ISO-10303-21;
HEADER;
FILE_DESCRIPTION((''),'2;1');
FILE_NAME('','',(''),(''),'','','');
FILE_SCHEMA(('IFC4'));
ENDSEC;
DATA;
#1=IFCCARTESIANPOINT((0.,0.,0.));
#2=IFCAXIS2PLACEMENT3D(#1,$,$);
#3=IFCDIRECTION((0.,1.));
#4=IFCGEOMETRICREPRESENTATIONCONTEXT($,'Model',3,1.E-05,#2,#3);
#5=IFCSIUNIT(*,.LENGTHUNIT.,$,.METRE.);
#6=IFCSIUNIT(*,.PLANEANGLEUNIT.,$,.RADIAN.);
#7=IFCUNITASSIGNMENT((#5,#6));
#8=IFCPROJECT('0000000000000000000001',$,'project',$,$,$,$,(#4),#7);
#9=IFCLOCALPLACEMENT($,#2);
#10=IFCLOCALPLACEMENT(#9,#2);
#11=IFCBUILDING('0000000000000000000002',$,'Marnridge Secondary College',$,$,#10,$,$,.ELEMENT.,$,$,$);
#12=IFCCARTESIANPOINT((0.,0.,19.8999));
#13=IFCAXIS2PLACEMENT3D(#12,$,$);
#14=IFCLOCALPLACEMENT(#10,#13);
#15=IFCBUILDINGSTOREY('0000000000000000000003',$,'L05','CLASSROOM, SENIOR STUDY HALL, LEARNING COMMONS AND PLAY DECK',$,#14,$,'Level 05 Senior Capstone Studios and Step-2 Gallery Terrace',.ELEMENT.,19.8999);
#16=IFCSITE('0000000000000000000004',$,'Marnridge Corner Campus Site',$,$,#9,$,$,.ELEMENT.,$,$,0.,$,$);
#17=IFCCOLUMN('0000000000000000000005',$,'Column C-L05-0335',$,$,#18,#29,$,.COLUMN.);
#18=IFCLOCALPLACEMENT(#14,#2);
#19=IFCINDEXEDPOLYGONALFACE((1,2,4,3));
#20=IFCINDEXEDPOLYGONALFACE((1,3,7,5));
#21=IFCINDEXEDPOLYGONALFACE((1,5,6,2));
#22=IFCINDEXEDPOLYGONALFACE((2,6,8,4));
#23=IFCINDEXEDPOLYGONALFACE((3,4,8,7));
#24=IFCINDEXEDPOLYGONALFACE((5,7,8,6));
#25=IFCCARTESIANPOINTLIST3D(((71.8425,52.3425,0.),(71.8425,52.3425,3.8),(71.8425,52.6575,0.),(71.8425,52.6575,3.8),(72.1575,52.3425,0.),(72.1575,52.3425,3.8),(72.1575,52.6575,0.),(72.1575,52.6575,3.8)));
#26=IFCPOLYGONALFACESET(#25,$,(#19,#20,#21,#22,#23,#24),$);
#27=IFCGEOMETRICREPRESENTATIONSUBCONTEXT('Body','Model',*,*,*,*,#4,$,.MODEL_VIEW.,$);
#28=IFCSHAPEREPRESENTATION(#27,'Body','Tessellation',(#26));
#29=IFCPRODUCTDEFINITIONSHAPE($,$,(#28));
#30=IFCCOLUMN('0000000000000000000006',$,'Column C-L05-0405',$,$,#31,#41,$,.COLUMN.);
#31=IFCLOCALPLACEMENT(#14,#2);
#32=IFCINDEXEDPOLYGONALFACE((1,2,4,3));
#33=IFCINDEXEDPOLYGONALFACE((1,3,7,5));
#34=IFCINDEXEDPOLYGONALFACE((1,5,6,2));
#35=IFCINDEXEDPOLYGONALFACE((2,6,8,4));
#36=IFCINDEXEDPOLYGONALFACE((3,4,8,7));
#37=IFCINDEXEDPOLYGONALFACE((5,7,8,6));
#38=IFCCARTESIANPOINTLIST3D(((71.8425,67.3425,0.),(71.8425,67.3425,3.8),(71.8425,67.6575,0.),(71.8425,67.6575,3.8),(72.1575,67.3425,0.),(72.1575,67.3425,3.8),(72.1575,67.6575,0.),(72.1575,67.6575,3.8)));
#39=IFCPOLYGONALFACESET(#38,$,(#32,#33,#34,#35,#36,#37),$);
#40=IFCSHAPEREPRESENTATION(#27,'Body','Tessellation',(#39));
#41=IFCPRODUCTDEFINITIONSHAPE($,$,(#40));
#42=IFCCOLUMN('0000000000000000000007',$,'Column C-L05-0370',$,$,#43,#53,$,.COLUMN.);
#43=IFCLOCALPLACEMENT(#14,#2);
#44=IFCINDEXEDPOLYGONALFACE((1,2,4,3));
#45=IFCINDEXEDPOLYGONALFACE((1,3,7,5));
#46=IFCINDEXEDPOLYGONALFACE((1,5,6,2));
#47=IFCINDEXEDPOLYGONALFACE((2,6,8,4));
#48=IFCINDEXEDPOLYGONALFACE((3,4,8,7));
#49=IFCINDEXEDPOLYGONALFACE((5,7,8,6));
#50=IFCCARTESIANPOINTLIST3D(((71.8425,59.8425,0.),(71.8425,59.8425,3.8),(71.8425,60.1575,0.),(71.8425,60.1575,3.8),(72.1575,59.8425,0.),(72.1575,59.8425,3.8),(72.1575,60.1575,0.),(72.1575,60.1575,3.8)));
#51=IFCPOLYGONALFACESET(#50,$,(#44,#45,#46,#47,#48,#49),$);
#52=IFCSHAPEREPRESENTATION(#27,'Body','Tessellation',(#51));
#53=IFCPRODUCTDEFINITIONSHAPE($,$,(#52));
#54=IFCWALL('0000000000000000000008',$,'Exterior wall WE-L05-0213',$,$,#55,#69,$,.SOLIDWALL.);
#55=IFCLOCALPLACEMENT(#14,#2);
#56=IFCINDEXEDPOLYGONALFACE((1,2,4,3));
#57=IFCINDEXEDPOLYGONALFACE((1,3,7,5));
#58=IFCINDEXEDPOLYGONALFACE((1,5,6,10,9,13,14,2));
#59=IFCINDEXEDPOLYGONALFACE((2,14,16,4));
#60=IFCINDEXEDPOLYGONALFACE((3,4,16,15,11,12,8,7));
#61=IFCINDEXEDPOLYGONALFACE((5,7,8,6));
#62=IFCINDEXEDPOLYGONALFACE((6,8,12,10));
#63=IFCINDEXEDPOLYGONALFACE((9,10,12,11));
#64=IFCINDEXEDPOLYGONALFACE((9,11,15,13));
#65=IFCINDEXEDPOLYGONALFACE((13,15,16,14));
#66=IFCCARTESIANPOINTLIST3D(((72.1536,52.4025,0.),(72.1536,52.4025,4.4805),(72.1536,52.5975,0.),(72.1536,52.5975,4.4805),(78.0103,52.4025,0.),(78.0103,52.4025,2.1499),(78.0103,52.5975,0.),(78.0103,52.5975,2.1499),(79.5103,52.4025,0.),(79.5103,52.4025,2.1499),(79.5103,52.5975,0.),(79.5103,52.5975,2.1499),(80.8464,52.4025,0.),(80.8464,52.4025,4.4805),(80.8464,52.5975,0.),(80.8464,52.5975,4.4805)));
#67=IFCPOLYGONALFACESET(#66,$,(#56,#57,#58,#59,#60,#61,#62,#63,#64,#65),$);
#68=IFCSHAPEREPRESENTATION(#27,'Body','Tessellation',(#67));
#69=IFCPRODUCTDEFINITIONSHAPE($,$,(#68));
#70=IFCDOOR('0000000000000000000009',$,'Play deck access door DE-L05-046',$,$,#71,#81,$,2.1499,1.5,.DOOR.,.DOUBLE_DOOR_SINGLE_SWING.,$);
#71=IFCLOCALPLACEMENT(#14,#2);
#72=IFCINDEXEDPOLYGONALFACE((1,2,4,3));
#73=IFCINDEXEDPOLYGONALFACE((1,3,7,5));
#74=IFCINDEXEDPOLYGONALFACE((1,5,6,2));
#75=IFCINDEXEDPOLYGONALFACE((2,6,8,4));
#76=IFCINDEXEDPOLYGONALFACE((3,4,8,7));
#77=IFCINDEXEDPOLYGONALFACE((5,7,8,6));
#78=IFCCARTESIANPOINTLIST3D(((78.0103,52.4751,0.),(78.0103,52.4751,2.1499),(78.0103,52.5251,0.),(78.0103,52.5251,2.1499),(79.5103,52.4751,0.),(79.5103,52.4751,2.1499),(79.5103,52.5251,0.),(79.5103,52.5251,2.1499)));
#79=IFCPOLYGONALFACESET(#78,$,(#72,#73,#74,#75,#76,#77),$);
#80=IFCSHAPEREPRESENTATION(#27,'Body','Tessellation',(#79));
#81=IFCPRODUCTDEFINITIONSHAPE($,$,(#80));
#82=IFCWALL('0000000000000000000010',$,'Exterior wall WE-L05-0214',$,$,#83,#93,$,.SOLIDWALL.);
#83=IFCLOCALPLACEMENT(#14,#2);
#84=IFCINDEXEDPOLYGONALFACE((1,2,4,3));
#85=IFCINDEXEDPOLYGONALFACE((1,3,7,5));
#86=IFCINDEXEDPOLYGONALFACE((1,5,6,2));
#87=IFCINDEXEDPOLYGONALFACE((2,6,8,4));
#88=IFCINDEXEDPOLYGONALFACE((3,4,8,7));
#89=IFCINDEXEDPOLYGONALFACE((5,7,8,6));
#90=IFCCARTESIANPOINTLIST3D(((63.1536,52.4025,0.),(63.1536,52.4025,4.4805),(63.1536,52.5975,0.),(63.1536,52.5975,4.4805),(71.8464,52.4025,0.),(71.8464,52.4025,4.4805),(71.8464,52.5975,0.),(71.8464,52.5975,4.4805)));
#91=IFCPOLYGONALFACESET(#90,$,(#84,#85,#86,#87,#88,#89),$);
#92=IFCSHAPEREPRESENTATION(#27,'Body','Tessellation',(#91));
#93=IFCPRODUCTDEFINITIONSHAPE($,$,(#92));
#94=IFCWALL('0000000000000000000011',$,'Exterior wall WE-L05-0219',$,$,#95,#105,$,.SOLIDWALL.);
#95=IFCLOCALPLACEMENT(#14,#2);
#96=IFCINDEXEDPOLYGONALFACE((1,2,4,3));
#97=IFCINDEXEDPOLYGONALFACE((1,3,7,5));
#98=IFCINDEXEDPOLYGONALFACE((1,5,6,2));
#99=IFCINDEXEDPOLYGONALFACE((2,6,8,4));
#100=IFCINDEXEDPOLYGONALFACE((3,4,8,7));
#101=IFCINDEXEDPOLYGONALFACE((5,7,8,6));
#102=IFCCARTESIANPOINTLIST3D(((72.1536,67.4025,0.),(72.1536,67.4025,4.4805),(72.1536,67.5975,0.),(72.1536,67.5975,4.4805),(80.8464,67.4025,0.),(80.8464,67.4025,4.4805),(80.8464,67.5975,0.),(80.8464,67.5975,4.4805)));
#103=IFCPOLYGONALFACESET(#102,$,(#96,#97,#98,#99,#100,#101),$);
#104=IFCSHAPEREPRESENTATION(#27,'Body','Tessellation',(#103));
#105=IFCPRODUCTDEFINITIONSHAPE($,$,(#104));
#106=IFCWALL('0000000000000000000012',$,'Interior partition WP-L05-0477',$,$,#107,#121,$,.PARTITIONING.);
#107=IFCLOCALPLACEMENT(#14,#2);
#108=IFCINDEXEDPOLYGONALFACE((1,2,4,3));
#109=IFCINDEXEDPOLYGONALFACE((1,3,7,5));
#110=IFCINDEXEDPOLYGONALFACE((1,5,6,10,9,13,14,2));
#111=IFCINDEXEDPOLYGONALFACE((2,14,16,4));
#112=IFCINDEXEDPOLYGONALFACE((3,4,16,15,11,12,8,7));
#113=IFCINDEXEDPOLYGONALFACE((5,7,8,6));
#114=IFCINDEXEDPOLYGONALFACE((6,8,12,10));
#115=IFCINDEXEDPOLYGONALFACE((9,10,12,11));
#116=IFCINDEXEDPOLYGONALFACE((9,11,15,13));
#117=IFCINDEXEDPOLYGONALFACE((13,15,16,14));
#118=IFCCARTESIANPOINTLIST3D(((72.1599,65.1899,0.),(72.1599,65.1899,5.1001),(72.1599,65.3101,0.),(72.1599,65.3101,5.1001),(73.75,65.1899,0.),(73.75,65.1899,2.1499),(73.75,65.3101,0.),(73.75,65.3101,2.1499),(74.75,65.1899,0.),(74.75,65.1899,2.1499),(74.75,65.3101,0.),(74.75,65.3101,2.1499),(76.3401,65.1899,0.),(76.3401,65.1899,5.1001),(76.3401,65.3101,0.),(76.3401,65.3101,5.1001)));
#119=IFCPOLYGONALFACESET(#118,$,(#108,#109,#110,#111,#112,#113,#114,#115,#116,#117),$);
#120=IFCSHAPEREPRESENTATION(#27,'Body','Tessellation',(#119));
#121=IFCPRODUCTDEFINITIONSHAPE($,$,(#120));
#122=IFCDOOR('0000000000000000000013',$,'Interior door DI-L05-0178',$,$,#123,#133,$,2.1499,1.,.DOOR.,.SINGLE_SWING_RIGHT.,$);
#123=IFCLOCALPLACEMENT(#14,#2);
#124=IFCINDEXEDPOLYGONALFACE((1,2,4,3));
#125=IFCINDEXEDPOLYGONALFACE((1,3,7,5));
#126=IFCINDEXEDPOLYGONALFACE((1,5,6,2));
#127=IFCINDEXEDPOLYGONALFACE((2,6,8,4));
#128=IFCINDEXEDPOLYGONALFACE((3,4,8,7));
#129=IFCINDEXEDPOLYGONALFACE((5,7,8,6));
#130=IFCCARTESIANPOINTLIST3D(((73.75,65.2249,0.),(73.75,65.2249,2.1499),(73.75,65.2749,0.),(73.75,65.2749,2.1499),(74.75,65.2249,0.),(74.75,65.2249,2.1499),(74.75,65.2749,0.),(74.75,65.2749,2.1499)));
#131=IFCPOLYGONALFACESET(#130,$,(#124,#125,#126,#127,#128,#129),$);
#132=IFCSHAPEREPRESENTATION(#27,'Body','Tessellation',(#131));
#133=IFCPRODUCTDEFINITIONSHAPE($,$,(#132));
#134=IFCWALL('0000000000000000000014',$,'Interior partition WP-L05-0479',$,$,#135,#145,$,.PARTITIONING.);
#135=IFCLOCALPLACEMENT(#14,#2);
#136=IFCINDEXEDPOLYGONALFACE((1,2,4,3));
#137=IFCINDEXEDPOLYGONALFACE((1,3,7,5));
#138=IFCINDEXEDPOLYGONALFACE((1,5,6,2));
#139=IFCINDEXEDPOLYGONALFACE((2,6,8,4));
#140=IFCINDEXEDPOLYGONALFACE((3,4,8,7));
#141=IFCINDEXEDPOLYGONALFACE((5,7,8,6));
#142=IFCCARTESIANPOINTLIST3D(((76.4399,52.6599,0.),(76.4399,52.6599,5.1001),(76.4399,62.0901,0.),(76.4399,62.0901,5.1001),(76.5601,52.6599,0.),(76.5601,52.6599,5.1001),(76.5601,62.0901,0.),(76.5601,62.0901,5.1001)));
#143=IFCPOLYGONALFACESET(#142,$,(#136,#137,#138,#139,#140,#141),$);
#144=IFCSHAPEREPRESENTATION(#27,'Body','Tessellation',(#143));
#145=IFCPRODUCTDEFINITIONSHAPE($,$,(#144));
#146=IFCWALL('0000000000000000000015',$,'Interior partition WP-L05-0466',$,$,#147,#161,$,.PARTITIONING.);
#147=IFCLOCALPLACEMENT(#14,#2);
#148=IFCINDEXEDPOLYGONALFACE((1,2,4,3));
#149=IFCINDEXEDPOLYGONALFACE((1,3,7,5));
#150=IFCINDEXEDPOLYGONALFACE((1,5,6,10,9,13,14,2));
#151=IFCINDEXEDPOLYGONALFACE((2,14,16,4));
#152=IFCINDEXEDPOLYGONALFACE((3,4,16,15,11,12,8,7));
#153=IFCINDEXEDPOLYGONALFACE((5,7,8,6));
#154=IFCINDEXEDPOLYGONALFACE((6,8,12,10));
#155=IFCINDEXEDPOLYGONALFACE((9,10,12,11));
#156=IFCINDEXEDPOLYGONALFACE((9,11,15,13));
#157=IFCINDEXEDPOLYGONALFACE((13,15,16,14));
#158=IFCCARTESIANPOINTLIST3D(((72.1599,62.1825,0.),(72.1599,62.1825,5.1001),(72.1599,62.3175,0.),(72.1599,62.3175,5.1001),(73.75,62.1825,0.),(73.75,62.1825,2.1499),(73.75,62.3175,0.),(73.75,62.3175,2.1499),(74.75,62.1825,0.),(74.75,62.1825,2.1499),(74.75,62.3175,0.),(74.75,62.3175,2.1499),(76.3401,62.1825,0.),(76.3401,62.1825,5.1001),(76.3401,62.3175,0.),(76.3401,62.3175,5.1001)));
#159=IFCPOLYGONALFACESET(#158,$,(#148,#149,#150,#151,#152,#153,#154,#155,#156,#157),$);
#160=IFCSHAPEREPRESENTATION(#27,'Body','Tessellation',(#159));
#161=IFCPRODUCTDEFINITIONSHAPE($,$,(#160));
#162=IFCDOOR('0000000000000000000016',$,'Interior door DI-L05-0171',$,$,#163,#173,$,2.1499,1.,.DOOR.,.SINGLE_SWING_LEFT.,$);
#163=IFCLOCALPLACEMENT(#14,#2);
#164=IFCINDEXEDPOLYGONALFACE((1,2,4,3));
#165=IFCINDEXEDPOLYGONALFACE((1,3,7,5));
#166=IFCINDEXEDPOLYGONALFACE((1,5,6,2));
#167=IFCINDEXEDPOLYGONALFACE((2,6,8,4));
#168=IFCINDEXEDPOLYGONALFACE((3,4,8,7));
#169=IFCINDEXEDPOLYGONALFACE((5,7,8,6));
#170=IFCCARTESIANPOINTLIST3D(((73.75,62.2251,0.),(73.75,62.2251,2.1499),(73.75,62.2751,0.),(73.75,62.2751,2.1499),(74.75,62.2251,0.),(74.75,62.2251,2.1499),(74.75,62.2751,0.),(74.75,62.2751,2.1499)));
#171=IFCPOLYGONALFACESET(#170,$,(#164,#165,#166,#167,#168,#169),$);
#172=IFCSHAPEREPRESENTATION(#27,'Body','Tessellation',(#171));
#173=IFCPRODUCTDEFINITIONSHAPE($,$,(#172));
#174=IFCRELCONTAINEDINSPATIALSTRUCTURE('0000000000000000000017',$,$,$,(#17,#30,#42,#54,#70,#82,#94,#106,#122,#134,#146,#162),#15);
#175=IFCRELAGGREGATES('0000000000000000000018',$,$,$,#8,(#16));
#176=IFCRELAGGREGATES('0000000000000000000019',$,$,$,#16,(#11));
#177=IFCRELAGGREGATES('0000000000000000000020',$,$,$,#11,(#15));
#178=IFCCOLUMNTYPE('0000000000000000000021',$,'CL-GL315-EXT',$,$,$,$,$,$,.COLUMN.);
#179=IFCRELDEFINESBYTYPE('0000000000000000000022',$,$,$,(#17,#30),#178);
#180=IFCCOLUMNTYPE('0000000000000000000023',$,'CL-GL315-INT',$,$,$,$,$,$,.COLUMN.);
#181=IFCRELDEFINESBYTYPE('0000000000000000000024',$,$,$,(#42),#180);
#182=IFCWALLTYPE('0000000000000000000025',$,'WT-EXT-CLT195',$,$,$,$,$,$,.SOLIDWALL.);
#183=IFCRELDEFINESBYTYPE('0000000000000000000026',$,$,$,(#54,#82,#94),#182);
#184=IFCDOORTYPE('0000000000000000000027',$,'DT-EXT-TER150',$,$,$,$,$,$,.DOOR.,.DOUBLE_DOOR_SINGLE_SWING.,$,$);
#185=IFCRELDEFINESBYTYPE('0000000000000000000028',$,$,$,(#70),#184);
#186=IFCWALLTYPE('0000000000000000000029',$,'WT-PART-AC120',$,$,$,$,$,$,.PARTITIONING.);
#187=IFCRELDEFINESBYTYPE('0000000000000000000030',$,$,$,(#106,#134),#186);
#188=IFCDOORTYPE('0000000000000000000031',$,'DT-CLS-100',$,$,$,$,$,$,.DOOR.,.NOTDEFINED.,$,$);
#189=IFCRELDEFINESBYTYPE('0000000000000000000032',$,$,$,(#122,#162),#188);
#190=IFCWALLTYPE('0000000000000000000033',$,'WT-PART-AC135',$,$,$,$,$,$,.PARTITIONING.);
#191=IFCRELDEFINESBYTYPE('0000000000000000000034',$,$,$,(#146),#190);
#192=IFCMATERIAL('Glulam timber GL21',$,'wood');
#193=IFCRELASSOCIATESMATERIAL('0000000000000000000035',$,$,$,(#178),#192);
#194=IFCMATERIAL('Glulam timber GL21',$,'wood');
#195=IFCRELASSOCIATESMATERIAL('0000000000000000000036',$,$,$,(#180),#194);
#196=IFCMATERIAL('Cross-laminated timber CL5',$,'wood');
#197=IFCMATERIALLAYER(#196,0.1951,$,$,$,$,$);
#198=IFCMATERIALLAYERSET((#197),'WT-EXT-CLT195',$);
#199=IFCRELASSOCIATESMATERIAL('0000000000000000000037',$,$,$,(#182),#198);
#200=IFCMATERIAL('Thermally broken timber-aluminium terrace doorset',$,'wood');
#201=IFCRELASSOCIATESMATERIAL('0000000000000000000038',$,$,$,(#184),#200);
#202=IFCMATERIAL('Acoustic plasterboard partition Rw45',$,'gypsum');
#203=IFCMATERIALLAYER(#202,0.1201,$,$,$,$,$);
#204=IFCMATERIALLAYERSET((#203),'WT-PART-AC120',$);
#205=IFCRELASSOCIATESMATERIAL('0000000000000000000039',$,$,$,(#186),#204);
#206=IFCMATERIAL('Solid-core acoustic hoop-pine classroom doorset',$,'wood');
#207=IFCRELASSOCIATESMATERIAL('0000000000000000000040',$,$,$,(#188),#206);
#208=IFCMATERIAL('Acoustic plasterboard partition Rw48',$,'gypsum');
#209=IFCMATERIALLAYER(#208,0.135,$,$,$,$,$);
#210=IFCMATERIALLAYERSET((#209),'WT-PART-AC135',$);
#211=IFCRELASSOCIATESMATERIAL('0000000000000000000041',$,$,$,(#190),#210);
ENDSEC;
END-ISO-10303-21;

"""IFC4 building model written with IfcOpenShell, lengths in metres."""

from ifc_helpers import new_model, si_unit, direction, frame, frame_2d, origin, origin_2d, place, context, subcontext, project, spatial, rectangle, extrude, material, layer, layer_set, material_profile, profile_set, type_object, element, fill, save


model = new_model("IFC4")

# Units and contexts
model_context = context("Model", 3, precision=1e-05, world=origin(), true_north=direction((0.0, 1.0)))
body_context = subcontext(model_context, "Body", "Model", "MODEL_VIEW")
ifc_project = project(units=[si_unit("LENGTHUNIT", "METRE"), si_unit("PLANEANGLEUNIT", "RADIAN")], contexts=[model_context])

# Site, building, storey
site_placement = place(None, origin())
site = spatial("IfcSite", under=ifc_project, at=site_placement, Name="Marnridge Corner Campus Site", CompositionType="ELEMENT", RefElevation=0.0)
building_placement = place(site_placement, origin())
building = spatial("IfcBuilding", under=site, at=building_placement, Name="Marnridge Secondary College", CompositionType="ELEMENT")
storey_placement = place(building_placement, frame((0.0, 0.0, 19.8999)))
storey = spatial("IfcBuildingStorey", under=building, at=storey_placement, Name="L05", Description="CLASSROOM, SENIOR STUDY HALL, LEARNING COMMONS AND PLAY DECK", LongName="Level 05 Senior Capstone Studios and Step-2 Gallery Terrace", CompositionType="ELEMENT", Elevation=19.8999)

# Columns
ifc_material_1 = material(Name="Glulam timber GL21", Category="wood")
ifc_material_profile_1 = material_profile(ifc_material_1, rectangle(XDim=0.3149, YDim=0.3149, at=origin_2d()), Name="GL21 315x315")
ifc_profile_set_1 = profile_set([ifc_material_profile_1], Name="Glulam timber GL21")
column_type_1 = type_object("IfcColumnType", Name="CL-GL315-EXT", PredefinedType="COLUMN", material=ifc_profile_set_1)
for number, where, z_axis, x_axis, name in (
    (1, (72.0, 52.5, 0.0), (0.0, 0.0, 1.0), (1.0, 0.0, 0.0), "Column C-L05-0335"),
    (2, (72.0, 67.5, 0.0), (0.0, 0.0, 1.0), (1.0, 0.0, 0.0), "Column C-L05-0405"),
):
    element("IfcColumn", number, at=place(storey_placement, frame(where, z_axis=z_axis, x_axis=x_axis)), inside=storey, type_object=column_type_1, Name=name, PredefinedType="COLUMN", context=body_context, shape_type="SweptSolid", body=[
        extrude(rectangle(XDim=0.3149, YDim=0.3149, at=origin_2d()), origin(), (0.0, 0.0, 1.0), 3.8),
    ])
ifc_material_2 = material(Name="Glulam timber GL21", Category="wood")
ifc_material_profile_2 = material_profile(ifc_material_2, rectangle(XDim=0.3149, YDim=0.3149, at=origin_2d()), Name="GL21 315x315")
ifc_profile_set_2 = profile_set([ifc_material_profile_2], Name="Glulam timber GL21")
column_type_2 = type_object("IfcColumnType", Name="CL-GL315-INT", PredefinedType="COLUMN", material=ifc_profile_set_2)
column_placement = place(storey_placement, frame((72.0, 60.0, 0.0), z_axis=(0.0, 0.0, 1.0), x_axis=(1.0, 0.0, 0.0)))
element("IfcColumn", 3, at=column_placement, inside=storey, type_object=column_type_2, Name="Column C-L05-0370", PredefinedType="COLUMN", context=body_context, shape_type="SweptSolid", body=[
    extrude(rectangle(XDim=0.3149, YDim=0.3149, at=origin_2d()), origin(), (0.0, 0.0, 1.0), 3.8),
])

# Wall, opening, door
ifc_material_3 = material(Name="Cross-laminated timber CL5", Category="wood")
ifc_layer_1 = layer(ifc_material_3, 0.1951)
ifc_layer_set_1 = layer_set([ifc_layer_1], Name="WT-EXT-CLT195")
wall_type_1 = type_object("IfcWallType", Name="WT-EXT-CLT195", PredefinedType="SOLIDWALL", material=ifc_layer_set_1)
wall_1_placement = place(storey_placement, frame((80.8464, 52.5, 0.0), z_axis=(0.0, 0.0, 1.0), x_axis=(-1.0, 0.0, 0.0)))
wall_1 = element("IfcWall", 4, at=wall_1_placement, inside=storey, type_object=wall_type_1, Name="Exterior wall WE-L05-0213", PredefinedType="SOLIDWALL", context=body_context, shape_type="SweptSolid", body=[
    extrude(rectangle(XDim=8.6929, YDim=0.1951, at=frame_2d((4.3464, 0.0))), origin(), (0.0, 0.0, 1.0), 4.4805),
])
opening_1_placement = place(wall_1_placement, frame((1.3362, 0.0, 0.0)))
opening_1 = element("IfcOpeningElement", 5, at=opening_1_placement, cuts=wall_1, PredefinedType="OPENING", context=body_context, shape_type="SweptSolid", body=[
    extrude(rectangle(XDim=1.5, YDim=2.1499, at=frame_2d((0.75, 1.075))), frame((0.0, 0.1074, 0.0), z_axis=(0.0, -1.0, 0.0), x_axis=(1.0, 0.0, 0.0)), (0.0, 0.0, 1.0), 0.2151),
])
ifc_material_4 = material(Name="Thermally broken timber-aluminium terrace doorset", Category="wood")
door_type_1 = type_object("IfcDoorType", Name="DT-EXT-TER150", OperationType="DOUBLE_DOOR_SINGLE_SWING", PredefinedType="DOOR", material=ifc_material_4)
door_1_placement = place(opening_1_placement, origin())
door_1 = element("IfcDoor", 6, at=door_1_placement, inside=storey, type_object=door_type_1, Name="Play deck access door DE-L05-046", OperationType="DOUBLE_DOOR_SINGLE_SWING", OverallHeight=2.1499, OverallWidth=1.5, PredefinedType="DOOR", context=body_context, shape_type="SweptSolid", body=[
    extrude(rectangle(XDim=1.5, YDim=2.1499, at=frame_2d((0.75, 1.075))), frame((0.0, 0.0249, 0.0), z_axis=(0.0, -1.0, 0.0), x_axis=(1.0, 0.0, 0.0)), (0.0, 0.0, 1.0), 0.05),
])
fill(opening_1, door_1)

# Walls
for number, where, z_axis, x_axis, name in (
    (7, (71.8464, 52.5, 0.0), (0.0, 0.0, 1.0), (-1.0, 0.0, 0.0), "Exterior wall WE-L05-0214"),
    (8, (72.1536, 67.5, 0.0), (0.0, 0.0, 1.0), (1.0, 0.0, 0.0), "Exterior wall WE-L05-0219"),
):
    element("IfcWall", number, at=place(storey_placement, frame(where, z_axis=z_axis, x_axis=x_axis)), inside=storey, type_object=wall_type_1, Name=name, PredefinedType="SOLIDWALL", context=body_context, shape_type="SweptSolid", body=[
        extrude(rectangle(XDim=8.6929, YDim=0.1951, at=frame_2d((4.3464, 0.0))), origin(), (0.0, 0.0, 1.0), 4.4805),
    ])

# Wall, opening, door
ifc_material_5 = material(Name="Acoustic plasterboard partition Rw45", Category="gypsum")
ifc_layer_2 = layer(ifc_material_5, 0.1201)
ifc_layer_set_2 = layer_set([ifc_layer_2], Name="WT-PART-AC120")
wall_type_2 = type_object("IfcWallType", Name="WT-PART-AC120", PredefinedType="PARTITIONING", material=ifc_layer_set_2)
wall_2_placement = place(storey_placement, frame((72.1599, 65.25, 0.0), z_axis=(0.0, 0.0, 1.0), x_axis=(1.0, 0.0, 0.0)))
wall_2 = element("IfcWall", 9, at=wall_2_placement, inside=storey, type_object=wall_type_2, Name="Interior partition WP-L05-0477", PredefinedType="PARTITIONING", context=body_context, shape_type="SweptSolid", body=[
    extrude(rectangle(XDim=4.1802, YDim=0.1201, at=frame_2d((2.0901, 0.0))), origin(), (0.0, 0.0, 1.0), 5.1001),
])
opening_2_placement = place(wall_2_placement, frame((1.5901, 0.0, 0.0)))
opening_2 = element("IfcOpeningElement", 10, at=opening_2_placement, cuts=wall_2, PredefinedType="OPENING", context=body_context, shape_type="SweptSolid", body=[
    extrude(rectangle(XDim=1.0, YDim=2.1499, at=frame_2d((0.5, 1.075))), frame((0.0, 0.0701, 0.0), z_axis=(0.0, -1.0, 0.0), x_axis=(1.0, 0.0, 0.0)), (0.0, 0.0, 1.0), 0.1401),
])
ifc_material_6 = material(Name="Solid-core acoustic hoop-pine classroom doorset", Category="wood")
door_type_2 = type_object("IfcDoorType", Name="DT-CLS-100", OperationType="NOTDEFINED", PredefinedType="DOOR", material=ifc_material_6)
door_2_placement = place(opening_2_placement, origin())
door_2 = element("IfcDoor", 11, at=door_2_placement, inside=storey, type_object=door_type_2, Name="Interior door DI-L05-0178", OperationType="SINGLE_SWING_RIGHT", OverallHeight=2.1499, OverallWidth=1.0, PredefinedType="DOOR", context=body_context, shape_type="SweptSolid", body=[
    extrude(rectangle(XDim=1.0, YDim=2.1499, at=frame_2d((0.5, 1.075))), frame((0.0, 0.0249, 0.0), z_axis=(0.0, -1.0, 0.0), x_axis=(1.0, 0.0, 0.0)), (0.0, 0.0, 1.0), 0.05),
])
fill(opening_2, door_2)

# Wall
wall_3_placement = place(storey_placement, frame((76.5, 52.6599, 0.0), z_axis=(0.0, 0.0, 1.0), x_axis=(0.0, 1.0, 0.0)))
element("IfcWall", 12, at=wall_3_placement, inside=storey, type_object=wall_type_2, Name="Interior partition WP-L05-0479", PredefinedType="PARTITIONING", context=body_context, shape_type="SweptSolid", body=[
    extrude(rectangle(XDim=9.4302, YDim=0.1201, at=frame_2d((4.7151, 0.0))), origin(), (0.0, 0.0, 1.0), 5.1001),
])

# Wall, opening, door
ifc_material_7 = material(Name="Acoustic plasterboard partition Rw48", Category="gypsum")
ifc_layer_3 = layer(ifc_material_7, 0.135)
ifc_layer_set_3 = layer_set([ifc_layer_3], Name="WT-PART-AC135")
wall_type_3 = type_object("IfcWallType", Name="WT-PART-AC135", PredefinedType="PARTITIONING", material=ifc_layer_set_3)
wall_4_placement = place(storey_placement, frame((76.3401, 62.25, 0.0), z_axis=(0.0, 0.0, 1.0), x_axis=(-1.0, 0.0, 0.0)))
wall_4 = element("IfcWall", 13, at=wall_4_placement, inside=storey, type_object=wall_type_3, Name="Interior partition WP-L05-0466", PredefinedType="PARTITIONING", context=body_context, shape_type="SweptSolid", body=[
    extrude(rectangle(XDim=4.1802, YDim=0.135, at=frame_2d((2.0901, 0.0))), origin(), (0.0, 0.0, 1.0), 5.1001),
])
opening_3_placement = place(wall_4_placement, frame((1.5901, 0.0, 0.0)))
opening_3 = element("IfcOpeningElement", 14, at=opening_3_placement, cuts=wall_4, PredefinedType="OPENING", context=body_context, shape_type="SweptSolid", body=[
    extrude(rectangle(XDim=1.0, YDim=2.1499, at=frame_2d((0.5, 1.075))), frame((0.0, 0.0774, 0.0), z_axis=(0.0, -1.0, 0.0), x_axis=(1.0, 0.0, 0.0)), (0.0, 0.0, 1.0), 0.155),
])
door_3_placement = place(opening_3_placement, origin())
door_3 = element("IfcDoor", 15, at=door_3_placement, inside=storey, type_object=door_type_2, Name="Interior door DI-L05-0171", OperationType="SINGLE_SWING_LEFT", OverallHeight=2.1499, OverallWidth=1.0, PredefinedType="DOOR", context=body_context, shape_type="SweptSolid", body=[
    extrude(rectangle(XDim=1.0, YDim=2.1499, at=frame_2d((0.5, 1.075))), frame((0.0, 0.0249, 0.0), z_axis=(0.0, -1.0, 0.0), x_axis=(1.0, 0.0, 0.0)), (0.0, 0.0, 1.0), 0.05),
])
fill(opening_3, door_3)

save(model, "model.ifc")
